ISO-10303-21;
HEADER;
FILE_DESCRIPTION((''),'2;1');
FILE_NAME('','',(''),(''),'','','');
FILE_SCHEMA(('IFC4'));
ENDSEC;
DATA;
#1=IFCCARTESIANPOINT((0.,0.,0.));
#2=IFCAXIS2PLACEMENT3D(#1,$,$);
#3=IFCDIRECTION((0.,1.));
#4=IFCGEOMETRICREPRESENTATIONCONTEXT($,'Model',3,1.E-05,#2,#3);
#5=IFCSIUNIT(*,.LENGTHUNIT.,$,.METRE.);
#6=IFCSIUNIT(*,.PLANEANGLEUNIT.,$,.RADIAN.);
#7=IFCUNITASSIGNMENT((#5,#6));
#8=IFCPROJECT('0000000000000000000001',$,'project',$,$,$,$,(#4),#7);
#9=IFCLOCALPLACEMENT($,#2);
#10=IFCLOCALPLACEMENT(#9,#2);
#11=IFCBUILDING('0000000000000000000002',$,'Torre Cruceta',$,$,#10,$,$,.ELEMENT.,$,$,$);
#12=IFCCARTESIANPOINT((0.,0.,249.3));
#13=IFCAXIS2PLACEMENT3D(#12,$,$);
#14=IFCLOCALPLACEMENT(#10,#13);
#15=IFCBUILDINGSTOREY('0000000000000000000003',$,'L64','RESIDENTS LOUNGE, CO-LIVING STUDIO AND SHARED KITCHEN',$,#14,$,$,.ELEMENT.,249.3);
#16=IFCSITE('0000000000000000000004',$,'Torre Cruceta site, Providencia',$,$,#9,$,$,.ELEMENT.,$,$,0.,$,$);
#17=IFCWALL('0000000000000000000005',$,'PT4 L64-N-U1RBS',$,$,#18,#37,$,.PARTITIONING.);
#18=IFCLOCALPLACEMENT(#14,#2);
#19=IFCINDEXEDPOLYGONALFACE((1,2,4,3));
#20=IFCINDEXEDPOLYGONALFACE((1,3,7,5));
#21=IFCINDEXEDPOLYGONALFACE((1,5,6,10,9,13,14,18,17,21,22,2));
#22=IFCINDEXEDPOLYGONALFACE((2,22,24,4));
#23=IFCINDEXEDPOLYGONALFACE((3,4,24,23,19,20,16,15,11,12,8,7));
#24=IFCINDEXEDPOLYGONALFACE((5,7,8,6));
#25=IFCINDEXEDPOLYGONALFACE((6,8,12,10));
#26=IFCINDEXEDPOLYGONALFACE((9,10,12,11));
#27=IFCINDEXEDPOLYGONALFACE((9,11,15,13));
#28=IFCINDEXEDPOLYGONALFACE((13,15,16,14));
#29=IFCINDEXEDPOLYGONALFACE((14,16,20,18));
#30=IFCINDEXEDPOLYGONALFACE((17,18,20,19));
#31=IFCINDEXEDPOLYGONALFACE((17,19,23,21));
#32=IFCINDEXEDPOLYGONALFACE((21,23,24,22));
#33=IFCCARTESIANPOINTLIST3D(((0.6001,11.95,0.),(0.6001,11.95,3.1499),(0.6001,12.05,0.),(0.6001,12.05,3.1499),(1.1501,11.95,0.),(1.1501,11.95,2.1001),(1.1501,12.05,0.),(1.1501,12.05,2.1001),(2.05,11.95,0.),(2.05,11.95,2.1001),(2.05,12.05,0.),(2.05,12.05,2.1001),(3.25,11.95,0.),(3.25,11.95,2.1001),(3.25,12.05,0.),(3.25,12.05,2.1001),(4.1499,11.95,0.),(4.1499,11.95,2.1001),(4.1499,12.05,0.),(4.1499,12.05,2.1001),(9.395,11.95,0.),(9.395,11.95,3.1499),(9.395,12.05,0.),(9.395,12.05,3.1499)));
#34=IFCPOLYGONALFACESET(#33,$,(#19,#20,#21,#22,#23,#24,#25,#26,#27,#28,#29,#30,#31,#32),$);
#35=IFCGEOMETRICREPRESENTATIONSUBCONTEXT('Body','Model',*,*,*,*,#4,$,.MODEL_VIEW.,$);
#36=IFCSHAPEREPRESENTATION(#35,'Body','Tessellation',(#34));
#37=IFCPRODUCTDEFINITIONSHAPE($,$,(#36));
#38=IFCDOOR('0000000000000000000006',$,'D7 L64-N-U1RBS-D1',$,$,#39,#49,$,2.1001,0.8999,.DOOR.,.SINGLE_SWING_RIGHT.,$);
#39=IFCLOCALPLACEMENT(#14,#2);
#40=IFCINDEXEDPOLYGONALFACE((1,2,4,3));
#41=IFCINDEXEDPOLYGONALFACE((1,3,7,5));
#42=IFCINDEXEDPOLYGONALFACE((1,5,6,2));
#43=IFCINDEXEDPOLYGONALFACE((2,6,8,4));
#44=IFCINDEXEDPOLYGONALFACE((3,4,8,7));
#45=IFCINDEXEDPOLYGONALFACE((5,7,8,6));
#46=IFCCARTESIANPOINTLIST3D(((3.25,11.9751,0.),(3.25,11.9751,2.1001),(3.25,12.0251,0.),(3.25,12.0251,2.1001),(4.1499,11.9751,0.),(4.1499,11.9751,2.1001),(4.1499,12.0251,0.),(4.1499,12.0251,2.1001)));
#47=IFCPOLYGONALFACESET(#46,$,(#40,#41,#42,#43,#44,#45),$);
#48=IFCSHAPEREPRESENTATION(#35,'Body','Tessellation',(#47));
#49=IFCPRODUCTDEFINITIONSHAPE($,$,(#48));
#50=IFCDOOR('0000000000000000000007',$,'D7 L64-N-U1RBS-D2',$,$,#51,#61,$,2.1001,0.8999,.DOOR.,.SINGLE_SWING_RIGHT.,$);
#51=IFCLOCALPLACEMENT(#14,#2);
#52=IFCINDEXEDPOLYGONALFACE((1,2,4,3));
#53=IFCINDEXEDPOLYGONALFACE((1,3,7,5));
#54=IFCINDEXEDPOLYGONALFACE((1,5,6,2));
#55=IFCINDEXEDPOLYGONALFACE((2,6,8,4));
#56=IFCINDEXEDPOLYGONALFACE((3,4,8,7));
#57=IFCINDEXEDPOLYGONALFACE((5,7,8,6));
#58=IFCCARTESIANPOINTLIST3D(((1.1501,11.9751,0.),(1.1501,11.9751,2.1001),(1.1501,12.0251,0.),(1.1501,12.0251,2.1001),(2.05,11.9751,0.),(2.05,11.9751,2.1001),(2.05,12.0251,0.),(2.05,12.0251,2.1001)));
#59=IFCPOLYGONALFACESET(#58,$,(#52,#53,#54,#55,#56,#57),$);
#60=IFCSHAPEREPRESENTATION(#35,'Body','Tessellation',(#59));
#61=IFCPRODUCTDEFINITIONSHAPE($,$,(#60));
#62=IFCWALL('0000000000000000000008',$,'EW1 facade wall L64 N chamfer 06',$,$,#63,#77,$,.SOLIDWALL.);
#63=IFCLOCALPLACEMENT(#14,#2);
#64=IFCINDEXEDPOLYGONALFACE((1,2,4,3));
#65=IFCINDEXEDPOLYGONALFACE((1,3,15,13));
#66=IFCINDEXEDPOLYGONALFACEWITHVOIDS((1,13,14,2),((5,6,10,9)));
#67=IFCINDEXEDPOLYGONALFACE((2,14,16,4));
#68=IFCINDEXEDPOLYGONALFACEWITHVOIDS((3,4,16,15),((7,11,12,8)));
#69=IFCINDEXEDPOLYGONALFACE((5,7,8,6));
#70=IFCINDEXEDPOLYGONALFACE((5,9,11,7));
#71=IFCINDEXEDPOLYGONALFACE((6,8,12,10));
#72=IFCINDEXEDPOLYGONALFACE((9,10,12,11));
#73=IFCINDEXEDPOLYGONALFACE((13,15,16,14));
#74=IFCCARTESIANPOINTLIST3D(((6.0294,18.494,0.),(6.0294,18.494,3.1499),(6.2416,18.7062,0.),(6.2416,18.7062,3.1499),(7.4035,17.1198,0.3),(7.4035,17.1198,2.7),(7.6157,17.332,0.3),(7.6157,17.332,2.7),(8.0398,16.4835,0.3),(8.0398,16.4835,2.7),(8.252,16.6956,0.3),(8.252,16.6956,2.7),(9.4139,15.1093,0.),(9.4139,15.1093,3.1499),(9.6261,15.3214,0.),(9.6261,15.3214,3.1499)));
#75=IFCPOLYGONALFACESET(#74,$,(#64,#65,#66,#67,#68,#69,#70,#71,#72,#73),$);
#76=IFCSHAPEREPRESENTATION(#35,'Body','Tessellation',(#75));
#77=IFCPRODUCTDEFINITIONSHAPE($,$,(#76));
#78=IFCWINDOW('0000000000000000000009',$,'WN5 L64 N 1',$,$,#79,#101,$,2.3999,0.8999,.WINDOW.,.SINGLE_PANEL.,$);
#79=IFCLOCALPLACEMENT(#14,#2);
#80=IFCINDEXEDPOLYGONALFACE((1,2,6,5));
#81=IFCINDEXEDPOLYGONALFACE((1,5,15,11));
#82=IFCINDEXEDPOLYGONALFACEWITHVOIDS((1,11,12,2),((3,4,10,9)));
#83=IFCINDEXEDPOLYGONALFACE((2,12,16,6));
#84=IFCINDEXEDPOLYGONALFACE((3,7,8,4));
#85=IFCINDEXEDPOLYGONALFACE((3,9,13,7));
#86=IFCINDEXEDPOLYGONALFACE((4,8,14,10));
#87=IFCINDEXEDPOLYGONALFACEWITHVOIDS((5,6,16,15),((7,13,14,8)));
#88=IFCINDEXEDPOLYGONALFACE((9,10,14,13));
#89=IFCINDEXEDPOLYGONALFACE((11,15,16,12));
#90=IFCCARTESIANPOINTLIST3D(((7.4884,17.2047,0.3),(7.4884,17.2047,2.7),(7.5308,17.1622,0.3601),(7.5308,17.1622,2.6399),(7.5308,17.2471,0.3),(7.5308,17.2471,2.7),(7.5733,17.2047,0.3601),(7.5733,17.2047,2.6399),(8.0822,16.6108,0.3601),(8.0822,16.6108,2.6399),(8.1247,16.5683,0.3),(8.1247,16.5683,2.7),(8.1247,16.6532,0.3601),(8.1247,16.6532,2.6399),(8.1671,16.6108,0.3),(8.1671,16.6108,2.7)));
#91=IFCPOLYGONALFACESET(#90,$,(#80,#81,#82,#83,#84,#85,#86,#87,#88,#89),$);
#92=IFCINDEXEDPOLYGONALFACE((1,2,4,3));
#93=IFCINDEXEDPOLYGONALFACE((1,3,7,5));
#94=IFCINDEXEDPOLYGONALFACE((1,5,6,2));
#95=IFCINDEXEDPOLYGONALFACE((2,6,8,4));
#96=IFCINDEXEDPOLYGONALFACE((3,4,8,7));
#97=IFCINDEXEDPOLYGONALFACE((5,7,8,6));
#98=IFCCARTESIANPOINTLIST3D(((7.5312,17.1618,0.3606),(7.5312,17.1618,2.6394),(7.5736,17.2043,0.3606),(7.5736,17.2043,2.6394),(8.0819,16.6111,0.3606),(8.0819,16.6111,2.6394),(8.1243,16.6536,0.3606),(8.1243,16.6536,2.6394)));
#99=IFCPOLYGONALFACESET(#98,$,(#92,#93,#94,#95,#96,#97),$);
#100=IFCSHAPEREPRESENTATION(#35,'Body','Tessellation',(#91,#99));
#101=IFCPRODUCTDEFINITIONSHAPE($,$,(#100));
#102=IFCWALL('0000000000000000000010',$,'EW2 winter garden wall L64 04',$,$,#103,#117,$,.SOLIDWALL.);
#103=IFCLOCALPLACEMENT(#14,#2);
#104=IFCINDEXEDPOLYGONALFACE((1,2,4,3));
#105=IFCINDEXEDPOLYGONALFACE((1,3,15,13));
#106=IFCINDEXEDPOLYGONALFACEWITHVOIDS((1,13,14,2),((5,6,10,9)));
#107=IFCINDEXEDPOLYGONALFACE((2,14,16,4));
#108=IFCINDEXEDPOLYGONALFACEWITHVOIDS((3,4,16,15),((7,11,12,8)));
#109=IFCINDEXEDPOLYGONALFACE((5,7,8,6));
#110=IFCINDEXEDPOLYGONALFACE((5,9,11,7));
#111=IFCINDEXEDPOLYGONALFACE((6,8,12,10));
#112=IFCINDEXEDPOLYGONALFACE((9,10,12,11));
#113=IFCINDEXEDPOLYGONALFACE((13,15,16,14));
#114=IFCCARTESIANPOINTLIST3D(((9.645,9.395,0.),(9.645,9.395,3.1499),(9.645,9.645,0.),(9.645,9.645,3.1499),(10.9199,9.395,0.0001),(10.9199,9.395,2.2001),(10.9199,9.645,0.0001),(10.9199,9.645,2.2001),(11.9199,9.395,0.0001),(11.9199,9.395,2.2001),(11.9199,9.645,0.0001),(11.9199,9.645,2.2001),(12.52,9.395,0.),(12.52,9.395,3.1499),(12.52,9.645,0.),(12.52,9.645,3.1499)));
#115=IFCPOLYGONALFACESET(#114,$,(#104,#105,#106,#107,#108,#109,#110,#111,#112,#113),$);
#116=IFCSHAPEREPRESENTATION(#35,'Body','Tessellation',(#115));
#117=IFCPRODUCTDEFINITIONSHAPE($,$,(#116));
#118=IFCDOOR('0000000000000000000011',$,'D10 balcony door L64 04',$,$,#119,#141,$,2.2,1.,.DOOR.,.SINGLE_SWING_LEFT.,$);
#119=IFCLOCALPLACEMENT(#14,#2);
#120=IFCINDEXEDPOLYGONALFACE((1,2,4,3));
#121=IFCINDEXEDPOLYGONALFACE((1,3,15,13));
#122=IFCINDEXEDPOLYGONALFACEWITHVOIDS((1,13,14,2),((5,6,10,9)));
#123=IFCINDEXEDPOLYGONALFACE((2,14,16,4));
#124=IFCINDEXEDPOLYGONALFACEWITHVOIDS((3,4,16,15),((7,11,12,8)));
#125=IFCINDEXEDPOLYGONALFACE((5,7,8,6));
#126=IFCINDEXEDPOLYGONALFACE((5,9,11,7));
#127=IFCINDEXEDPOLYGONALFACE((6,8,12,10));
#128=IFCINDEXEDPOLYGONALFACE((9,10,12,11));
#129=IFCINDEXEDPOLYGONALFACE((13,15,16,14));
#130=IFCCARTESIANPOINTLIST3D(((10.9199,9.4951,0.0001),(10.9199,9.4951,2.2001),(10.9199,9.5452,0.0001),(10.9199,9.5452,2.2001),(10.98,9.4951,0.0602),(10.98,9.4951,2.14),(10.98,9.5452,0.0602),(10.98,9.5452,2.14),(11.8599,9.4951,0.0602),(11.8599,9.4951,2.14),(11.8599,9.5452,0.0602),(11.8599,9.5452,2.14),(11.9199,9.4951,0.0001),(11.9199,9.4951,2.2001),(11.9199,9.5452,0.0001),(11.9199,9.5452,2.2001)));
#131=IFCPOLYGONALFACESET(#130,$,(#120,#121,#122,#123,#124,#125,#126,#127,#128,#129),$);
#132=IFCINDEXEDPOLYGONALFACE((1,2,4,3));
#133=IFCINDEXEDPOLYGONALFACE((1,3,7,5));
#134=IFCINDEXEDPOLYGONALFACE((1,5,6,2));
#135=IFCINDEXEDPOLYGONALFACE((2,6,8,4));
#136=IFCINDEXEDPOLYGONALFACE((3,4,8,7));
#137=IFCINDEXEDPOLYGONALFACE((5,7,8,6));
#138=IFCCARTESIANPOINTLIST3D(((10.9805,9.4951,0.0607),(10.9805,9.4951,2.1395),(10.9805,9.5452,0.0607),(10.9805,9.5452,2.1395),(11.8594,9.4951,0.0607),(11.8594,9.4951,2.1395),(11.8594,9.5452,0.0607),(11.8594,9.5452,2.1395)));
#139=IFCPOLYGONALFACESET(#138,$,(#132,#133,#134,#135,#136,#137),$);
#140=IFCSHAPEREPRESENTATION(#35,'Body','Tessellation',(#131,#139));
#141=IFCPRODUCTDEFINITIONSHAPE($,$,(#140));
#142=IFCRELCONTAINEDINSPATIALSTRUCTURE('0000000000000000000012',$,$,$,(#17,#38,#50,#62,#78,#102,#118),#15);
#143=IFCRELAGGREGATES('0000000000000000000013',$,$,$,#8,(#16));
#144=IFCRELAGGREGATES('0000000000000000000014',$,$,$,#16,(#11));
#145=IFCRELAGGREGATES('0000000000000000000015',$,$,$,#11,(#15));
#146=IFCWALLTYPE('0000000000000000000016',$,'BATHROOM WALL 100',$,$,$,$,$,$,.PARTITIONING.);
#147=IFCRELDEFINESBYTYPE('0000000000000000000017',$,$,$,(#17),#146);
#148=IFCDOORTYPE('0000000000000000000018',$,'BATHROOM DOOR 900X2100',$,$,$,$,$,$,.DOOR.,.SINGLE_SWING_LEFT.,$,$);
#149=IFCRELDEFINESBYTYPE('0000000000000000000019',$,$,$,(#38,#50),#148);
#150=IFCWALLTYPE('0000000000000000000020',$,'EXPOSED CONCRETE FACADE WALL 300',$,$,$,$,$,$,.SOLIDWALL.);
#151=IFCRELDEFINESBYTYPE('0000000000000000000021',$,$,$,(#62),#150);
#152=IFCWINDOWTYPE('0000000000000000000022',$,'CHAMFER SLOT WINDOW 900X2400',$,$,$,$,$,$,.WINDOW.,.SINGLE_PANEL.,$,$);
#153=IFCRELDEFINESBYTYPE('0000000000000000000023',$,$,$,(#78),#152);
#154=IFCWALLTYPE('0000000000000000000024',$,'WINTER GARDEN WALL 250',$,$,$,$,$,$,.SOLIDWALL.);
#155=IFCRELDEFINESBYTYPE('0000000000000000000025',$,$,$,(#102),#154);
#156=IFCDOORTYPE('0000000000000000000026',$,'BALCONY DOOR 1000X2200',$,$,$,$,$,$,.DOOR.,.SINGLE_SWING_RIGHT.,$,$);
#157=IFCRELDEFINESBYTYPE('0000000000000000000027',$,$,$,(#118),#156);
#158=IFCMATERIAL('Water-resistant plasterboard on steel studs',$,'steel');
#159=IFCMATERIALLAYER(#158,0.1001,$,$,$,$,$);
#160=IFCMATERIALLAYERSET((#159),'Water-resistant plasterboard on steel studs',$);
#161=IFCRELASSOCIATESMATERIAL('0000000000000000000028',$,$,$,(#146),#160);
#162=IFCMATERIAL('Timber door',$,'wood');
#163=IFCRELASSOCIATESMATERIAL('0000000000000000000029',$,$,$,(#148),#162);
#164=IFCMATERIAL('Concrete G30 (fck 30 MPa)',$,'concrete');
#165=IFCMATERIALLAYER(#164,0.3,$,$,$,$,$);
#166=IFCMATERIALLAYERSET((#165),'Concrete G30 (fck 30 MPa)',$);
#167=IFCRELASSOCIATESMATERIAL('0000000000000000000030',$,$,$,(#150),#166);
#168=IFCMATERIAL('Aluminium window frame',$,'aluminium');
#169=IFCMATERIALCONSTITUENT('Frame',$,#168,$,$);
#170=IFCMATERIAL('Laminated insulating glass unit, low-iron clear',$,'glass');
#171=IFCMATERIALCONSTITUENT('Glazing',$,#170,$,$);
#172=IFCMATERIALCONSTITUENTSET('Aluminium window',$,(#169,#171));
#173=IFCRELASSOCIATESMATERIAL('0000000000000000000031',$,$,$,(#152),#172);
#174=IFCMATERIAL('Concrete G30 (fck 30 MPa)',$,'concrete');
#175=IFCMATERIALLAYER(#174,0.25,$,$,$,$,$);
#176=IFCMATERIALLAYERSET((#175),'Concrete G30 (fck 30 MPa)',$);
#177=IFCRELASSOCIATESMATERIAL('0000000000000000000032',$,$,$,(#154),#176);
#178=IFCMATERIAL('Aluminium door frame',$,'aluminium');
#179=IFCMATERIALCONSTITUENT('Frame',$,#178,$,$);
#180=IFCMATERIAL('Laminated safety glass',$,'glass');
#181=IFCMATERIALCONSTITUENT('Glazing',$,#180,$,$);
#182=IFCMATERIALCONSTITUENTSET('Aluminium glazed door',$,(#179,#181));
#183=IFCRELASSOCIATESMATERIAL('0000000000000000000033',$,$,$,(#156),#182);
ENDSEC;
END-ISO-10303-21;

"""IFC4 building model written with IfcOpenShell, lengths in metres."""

from ifc_helpers import new_model, si_unit, direction, frame, frame_2d, origin, place, context, subcontext, project, spatial, rectangle, hollow_rectangle, extrude, material, layer, layer_set, constituent, constituent_set, type_object, element, fill, save


model = new_model("IFC4")

# Units and contexts
model_context = context("Model", 3, precision=1e-05, world=origin(), true_north=direction((0.0, 1.0)))
body_context = subcontext(model_context, "Body", "Model", "MODEL_VIEW")
ifc_project = project(units=[si_unit("LENGTHUNIT", "METRE"), si_unit("PLANEANGLEUNIT", "RADIAN")], contexts=[model_context])

# Site, building, storey
site_placement = place(None, origin())
site = spatial("IfcSite", under=ifc_project, at=site_placement, Name="Torre Cruceta site, Providencia", CompositionType="ELEMENT", RefElevation=0.0)
building_placement = place(site_placement, origin())
building = spatial("IfcBuilding", under=site, at=building_placement, Name="Torre Cruceta", CompositionType="ELEMENT")
storey_placement = place(building_placement, frame((0.0, 0.0, 249.3)))
storey = spatial("IfcBuildingStorey", under=building, at=storey_placement, Name="L64", Description="RESIDENTS LOUNGE, CO-LIVING STUDIO AND SHARED KITCHEN", CompositionType="ELEMENT", Elevation=249.3)

# Wall, openings, doors
ifc_material_1 = material(Name="Water-resistant plasterboard on steel studs", Category="steel")
ifc_layer_1 = layer(ifc_material_1, 0.1001)
ifc_layer_set_1 = layer_set([ifc_layer_1], Name="Water-resistant plasterboard on steel studs")
wall_type_1 = type_object("IfcWallType", Name="BATHROOM WALL 100", PredefinedType="PARTITIONING", material=ifc_layer_set_1)
wall_1_placement = place(storey_placement, frame((9.395, 12.0, 0.0), z_axis=(0.0, 0.0, 1.0), x_axis=(-1.0, 0.0, 0.0)))
wall_1 = element("IfcWall", 1, at=wall_1_placement, inside=storey, type_object=wall_type_1, Name="PT4 L64-N-U1RBS", PredefinedType="PARTITIONING", context=body_context, shape_type="SweptSolid", body=[
    extrude(rectangle(XDim=8.7949, YDim=0.1001, at=frame_2d((4.3975, 0.0))), origin(), (0.0, 0.0, 1.0), 3.1499),
])
opening_1_placement = place(wall_1_placement, frame((5.2451, 0.0, 0.0)))
opening_1 = element("IfcOpeningElement", 2, at=opening_1_placement, cuts=wall_1, PredefinedType="OPENING", context=body_context, shape_type="SweptSolid", body=[
    extrude(rectangle(XDim=0.8999, YDim=2.1001, at=frame_2d((0.45, 1.05))), frame((0.0, 0.0601, 0.0), z_axis=(0.0, -1.0, 0.0), x_axis=(1.0, 0.0, 0.0)), (0.0, 0.0, 1.0), 0.1201),
])
opening_2_placement = place(wall_1_placement, frame((7.345, 0.0, 0.0)))
opening_2 = element("IfcOpeningElement", 3, at=opening_2_placement, cuts=wall_1, PredefinedType="OPENING", context=body_context, shape_type="SweptSolid", body=[
    extrude(rectangle(XDim=0.8999, YDim=2.1001, at=frame_2d((0.45, 1.05))), frame((0.0, 0.0601, 0.0), z_axis=(0.0, -1.0, 0.0), x_axis=(1.0, 0.0, 0.0)), (0.0, 0.0, 1.0), 0.1201),
])
ifc_material_2 = material(Name="Timber door", Category="wood")
door_type_1 = type_object("IfcDoorType", Name="BATHROOM DOOR 900X2100", OperationType="SINGLE_SWING_LEFT", PredefinedType="DOOR", material=ifc_material_2)
door_1_placement = place(opening_1_placement, origin())
door_1 = element("IfcDoor", 4, at=door_1_placement, inside=storey, type_object=door_type_1, Name="D7 L64-N-U1RBS-D1", OperationType="SINGLE_SWING_RIGHT", OverallHeight=2.1001, OverallWidth=0.8999, PredefinedType="DOOR", context=body_context, shape_type="SweptSolid", body=[
    extrude(rectangle(XDim=0.8999, YDim=2.1001, at=frame_2d((0.45, 1.05))), frame((0.0, 0.0249, 0.0), z_axis=(0.0, -1.0, 0.0), x_axis=(1.0, 0.0, 0.0)), (0.0, 0.0, 1.0), 0.05),
])
fill(opening_1, door_1)
door_2_placement = place(opening_2_placement, origin())
door_2 = element("IfcDoor", 5, at=door_2_placement, inside=storey, type_object=door_type_1, Name="D7 L64-N-U1RBS-D2", OperationType="SINGLE_SWING_RIGHT", OverallHeight=2.1001, OverallWidth=0.8999, PredefinedType="DOOR", context=body_context, shape_type="SweptSolid", body=[
    extrude(rectangle(XDim=0.8999, YDim=2.1001, at=frame_2d((0.45, 1.05))), frame((0.0, 0.0249, 0.0), z_axis=(0.0, -1.0, 0.0), x_axis=(1.0, 0.0, 0.0)), (0.0, 0.0, 1.0), 0.05),
])
fill(opening_2, door_2)

# Wall, opening, window
ifc_material_3 = material(Name="Concrete G30 (fck 30 MPa)", Category="concrete")
ifc_layer_2 = layer(ifc_material_3, 0.3)
ifc_layer_set_2 = layer_set([ifc_layer_2], Name="Concrete G30 (fck 30 MPa)")
wall_type_2 = type_object("IfcWallType", Name="EXPOSED CONCRETE FACADE WALL 300", PredefinedType="SOLIDWALL", material=ifc_layer_set_2)
wall_2_placement = place(storey_placement, frame((9.52, 15.2153, 0.0), z_axis=(0.0, 0.0, 1.0), x_axis=(-0.707081, 0.707132, 0.0)))
wall_2 = element("IfcWall", 6, at=wall_2_placement, inside=storey, type_object=wall_type_2, Name="EW1 facade wall L64 N chamfer 06", PredefinedType="SOLIDWALL", context=body_context, shape_type="SweptSolid", body=[
    extrude(rectangle(XDim=4.7866, YDim=0.3, at=frame_2d((2.3933, 0.0))), origin(), (0.0, 0.0, 1.0), 3.1499),
])
opening_3_placement = place(wall_2_placement, frame((1.9434, 0.0, 0.3)))
opening_3 = element("IfcOpeningElement", 7, at=opening_3_placement, cuts=wall_2, PredefinedType="OPENING", context=body_context, shape_type="SweptSolid", body=[
    extrude(rectangle(XDim=0.8999, YDim=2.3999, at=frame_2d((0.45, 1.2))), frame((0.0, 0.1599, 0.0), z_axis=(0.0, -1.0, 0.0), x_axis=(1.0, 0.0, 0.0)), (0.0, 0.0, 1.0), 0.3201),
])
ifc_material_4 = material(Name="Aluminium window frame", Category="aluminium")
ifc_constituent_1 = constituent(ifc_material_4, Name="Frame")
ifc_material_5 = material(Name="Laminated insulating glass unit, low-iron clear", Category="glass")
ifc_constituent_2 = constituent(ifc_material_5, Name="Glazing")
ifc_constituent_set_1 = constituent_set(constituents=[ifc_constituent_1, ifc_constituent_2], Name="Aluminium window")
window_type = type_object("IfcWindowType", Name="CHAMFER SLOT WINDOW 900X2400", PartitioningType="SINGLE_PANEL", PredefinedType="WINDOW", material=ifc_constituent_set_1)
window_placement = place(opening_3_placement, origin())
window = element("IfcWindow", 8, at=window_placement, inside=storey, type_object=window_type, Name="WN5 L64 N 1", OverallHeight=2.3999, OverallWidth=0.8999, PartitioningType="SINGLE_PANEL", PredefinedType="WINDOW", context=body_context, shape_type="SweptSolid", body=[
    extrude(hollow_rectangle(XDim=0.8999, YDim=2.3999, WallThickness=0.0601, at=frame_2d((0.45, 1.2))), frame((0.0, 0.03, 0.0), z_axis=(0.0, -1.0, 0.0), x_axis=(1.0, 0.0, 0.0)), (0.0, 0.0, 1.0), 0.0601),
    extrude(rectangle(XDim=0.7788, YDim=2.2788, at=frame_2d((0.45, 1.2))), frame((0.0, 0.03, 0.0), z_axis=(0.0, -1.0, 0.0), x_axis=(1.0, 0.0, 0.0)), (0.0, 0.0, 1.0), 0.0601),
])
fill(opening_3, window)

# Wall, opening, door
ifc_material_6 = material(Name="Concrete G30 (fck 30 MPa)", Category="concrete")
ifc_layer_3 = layer(ifc_material_6, 0.25)
ifc_layer_set_3 = layer_set([ifc_layer_3], Name="Concrete G30 (fck 30 MPa)")
wall_type_3 = type_object("IfcWallType", Name="WINTER GARDEN WALL 250", PredefinedType="SOLIDWALL", material=ifc_layer_set_3)
wall_3_placement = place(storey_placement, frame((12.52, 9.52, 0.0), z_axis=(0.0, 0.0, 1.0), x_axis=(-1.0, 0.0, 0.0)))
wall_3 = element("IfcWall", 9, at=wall_3_placement, inside=storey, type_object=wall_type_3, Name="EW2 winter garden wall L64 04", PredefinedType="SOLIDWALL", context=body_context, shape_type="SweptSolid", body=[
    extrude(rectangle(XDim=2.875, YDim=0.25, at=frame_2d((1.4375, 0.0))), origin(), (0.0, 0.0, 1.0), 3.1499),
])
opening_4_placement = place(wall_3_placement, frame((0.6001, 0.0, 0.0)))
opening_4 = element("IfcOpeningElement", 10, at=opening_4_placement, cuts=wall_3, PredefinedType="OPENING", context=body_context, shape_type="SweptSolid", body=[
    extrude(rectangle(XDim=1.0, YDim=2.2, at=frame_2d((0.5, 1.1001))), frame((0.0, 0.135, 0.0), z_axis=(0.0, -1.0, 0.0), x_axis=(1.0, 0.0, 0.0)), (0.0, 0.0, 1.0), 0.27),
])
ifc_material_7 = material(Name="Aluminium door frame", Category="aluminium")
ifc_constituent_3 = constituent(ifc_material_7, Name="Frame")
ifc_material_8 = material(Name="Laminated safety glass", Category="glass")
ifc_constituent_4 = constituent(ifc_material_8, Name="Glazing")
ifc_constituent_set_2 = constituent_set(constituents=[ifc_constituent_3, ifc_constituent_4], Name="Aluminium glazed door")
door_type_2 = type_object("IfcDoorType", Name="BALCONY DOOR 1000X2200", OperationType="SINGLE_SWING_RIGHT", PredefinedType="DOOR", material=ifc_constituent_set_2)
door_3_placement = place(opening_4_placement, origin())
door_3 = element("IfcDoor", 11, at=door_3_placement, inside=storey, type_object=door_type_2, Name="D10 balcony door L64 04", OperationType="SINGLE_SWING_LEFT", OverallHeight=2.2, OverallWidth=1.0, PredefinedType="DOOR", context=body_context, shape_type="SweptSolid", body=[
    extrude(hollow_rectangle(XDim=1.0, YDim=2.2, WallThickness=0.0601, at=frame_2d((0.5, 1.1001))), frame((0.0, 0.0249, 0.0), z_axis=(0.0, -1.0, 0.0), x_axis=(1.0, 0.0, 0.0)), (0.0, 0.0, 1.0), 0.05),
    extrude(rectangle(XDim=0.8789, YDim=2.0789, at=frame_2d((0.5, 1.1001))), frame((0.0, 0.0249, 0.0), z_axis=(0.0, -1.0, 0.0), x_axis=(1.0, 0.0, 0.0)), (0.0, 0.0, 1.0), 0.05),
])
fill(opening_4, door_3)

save(model, "model.ifc")
